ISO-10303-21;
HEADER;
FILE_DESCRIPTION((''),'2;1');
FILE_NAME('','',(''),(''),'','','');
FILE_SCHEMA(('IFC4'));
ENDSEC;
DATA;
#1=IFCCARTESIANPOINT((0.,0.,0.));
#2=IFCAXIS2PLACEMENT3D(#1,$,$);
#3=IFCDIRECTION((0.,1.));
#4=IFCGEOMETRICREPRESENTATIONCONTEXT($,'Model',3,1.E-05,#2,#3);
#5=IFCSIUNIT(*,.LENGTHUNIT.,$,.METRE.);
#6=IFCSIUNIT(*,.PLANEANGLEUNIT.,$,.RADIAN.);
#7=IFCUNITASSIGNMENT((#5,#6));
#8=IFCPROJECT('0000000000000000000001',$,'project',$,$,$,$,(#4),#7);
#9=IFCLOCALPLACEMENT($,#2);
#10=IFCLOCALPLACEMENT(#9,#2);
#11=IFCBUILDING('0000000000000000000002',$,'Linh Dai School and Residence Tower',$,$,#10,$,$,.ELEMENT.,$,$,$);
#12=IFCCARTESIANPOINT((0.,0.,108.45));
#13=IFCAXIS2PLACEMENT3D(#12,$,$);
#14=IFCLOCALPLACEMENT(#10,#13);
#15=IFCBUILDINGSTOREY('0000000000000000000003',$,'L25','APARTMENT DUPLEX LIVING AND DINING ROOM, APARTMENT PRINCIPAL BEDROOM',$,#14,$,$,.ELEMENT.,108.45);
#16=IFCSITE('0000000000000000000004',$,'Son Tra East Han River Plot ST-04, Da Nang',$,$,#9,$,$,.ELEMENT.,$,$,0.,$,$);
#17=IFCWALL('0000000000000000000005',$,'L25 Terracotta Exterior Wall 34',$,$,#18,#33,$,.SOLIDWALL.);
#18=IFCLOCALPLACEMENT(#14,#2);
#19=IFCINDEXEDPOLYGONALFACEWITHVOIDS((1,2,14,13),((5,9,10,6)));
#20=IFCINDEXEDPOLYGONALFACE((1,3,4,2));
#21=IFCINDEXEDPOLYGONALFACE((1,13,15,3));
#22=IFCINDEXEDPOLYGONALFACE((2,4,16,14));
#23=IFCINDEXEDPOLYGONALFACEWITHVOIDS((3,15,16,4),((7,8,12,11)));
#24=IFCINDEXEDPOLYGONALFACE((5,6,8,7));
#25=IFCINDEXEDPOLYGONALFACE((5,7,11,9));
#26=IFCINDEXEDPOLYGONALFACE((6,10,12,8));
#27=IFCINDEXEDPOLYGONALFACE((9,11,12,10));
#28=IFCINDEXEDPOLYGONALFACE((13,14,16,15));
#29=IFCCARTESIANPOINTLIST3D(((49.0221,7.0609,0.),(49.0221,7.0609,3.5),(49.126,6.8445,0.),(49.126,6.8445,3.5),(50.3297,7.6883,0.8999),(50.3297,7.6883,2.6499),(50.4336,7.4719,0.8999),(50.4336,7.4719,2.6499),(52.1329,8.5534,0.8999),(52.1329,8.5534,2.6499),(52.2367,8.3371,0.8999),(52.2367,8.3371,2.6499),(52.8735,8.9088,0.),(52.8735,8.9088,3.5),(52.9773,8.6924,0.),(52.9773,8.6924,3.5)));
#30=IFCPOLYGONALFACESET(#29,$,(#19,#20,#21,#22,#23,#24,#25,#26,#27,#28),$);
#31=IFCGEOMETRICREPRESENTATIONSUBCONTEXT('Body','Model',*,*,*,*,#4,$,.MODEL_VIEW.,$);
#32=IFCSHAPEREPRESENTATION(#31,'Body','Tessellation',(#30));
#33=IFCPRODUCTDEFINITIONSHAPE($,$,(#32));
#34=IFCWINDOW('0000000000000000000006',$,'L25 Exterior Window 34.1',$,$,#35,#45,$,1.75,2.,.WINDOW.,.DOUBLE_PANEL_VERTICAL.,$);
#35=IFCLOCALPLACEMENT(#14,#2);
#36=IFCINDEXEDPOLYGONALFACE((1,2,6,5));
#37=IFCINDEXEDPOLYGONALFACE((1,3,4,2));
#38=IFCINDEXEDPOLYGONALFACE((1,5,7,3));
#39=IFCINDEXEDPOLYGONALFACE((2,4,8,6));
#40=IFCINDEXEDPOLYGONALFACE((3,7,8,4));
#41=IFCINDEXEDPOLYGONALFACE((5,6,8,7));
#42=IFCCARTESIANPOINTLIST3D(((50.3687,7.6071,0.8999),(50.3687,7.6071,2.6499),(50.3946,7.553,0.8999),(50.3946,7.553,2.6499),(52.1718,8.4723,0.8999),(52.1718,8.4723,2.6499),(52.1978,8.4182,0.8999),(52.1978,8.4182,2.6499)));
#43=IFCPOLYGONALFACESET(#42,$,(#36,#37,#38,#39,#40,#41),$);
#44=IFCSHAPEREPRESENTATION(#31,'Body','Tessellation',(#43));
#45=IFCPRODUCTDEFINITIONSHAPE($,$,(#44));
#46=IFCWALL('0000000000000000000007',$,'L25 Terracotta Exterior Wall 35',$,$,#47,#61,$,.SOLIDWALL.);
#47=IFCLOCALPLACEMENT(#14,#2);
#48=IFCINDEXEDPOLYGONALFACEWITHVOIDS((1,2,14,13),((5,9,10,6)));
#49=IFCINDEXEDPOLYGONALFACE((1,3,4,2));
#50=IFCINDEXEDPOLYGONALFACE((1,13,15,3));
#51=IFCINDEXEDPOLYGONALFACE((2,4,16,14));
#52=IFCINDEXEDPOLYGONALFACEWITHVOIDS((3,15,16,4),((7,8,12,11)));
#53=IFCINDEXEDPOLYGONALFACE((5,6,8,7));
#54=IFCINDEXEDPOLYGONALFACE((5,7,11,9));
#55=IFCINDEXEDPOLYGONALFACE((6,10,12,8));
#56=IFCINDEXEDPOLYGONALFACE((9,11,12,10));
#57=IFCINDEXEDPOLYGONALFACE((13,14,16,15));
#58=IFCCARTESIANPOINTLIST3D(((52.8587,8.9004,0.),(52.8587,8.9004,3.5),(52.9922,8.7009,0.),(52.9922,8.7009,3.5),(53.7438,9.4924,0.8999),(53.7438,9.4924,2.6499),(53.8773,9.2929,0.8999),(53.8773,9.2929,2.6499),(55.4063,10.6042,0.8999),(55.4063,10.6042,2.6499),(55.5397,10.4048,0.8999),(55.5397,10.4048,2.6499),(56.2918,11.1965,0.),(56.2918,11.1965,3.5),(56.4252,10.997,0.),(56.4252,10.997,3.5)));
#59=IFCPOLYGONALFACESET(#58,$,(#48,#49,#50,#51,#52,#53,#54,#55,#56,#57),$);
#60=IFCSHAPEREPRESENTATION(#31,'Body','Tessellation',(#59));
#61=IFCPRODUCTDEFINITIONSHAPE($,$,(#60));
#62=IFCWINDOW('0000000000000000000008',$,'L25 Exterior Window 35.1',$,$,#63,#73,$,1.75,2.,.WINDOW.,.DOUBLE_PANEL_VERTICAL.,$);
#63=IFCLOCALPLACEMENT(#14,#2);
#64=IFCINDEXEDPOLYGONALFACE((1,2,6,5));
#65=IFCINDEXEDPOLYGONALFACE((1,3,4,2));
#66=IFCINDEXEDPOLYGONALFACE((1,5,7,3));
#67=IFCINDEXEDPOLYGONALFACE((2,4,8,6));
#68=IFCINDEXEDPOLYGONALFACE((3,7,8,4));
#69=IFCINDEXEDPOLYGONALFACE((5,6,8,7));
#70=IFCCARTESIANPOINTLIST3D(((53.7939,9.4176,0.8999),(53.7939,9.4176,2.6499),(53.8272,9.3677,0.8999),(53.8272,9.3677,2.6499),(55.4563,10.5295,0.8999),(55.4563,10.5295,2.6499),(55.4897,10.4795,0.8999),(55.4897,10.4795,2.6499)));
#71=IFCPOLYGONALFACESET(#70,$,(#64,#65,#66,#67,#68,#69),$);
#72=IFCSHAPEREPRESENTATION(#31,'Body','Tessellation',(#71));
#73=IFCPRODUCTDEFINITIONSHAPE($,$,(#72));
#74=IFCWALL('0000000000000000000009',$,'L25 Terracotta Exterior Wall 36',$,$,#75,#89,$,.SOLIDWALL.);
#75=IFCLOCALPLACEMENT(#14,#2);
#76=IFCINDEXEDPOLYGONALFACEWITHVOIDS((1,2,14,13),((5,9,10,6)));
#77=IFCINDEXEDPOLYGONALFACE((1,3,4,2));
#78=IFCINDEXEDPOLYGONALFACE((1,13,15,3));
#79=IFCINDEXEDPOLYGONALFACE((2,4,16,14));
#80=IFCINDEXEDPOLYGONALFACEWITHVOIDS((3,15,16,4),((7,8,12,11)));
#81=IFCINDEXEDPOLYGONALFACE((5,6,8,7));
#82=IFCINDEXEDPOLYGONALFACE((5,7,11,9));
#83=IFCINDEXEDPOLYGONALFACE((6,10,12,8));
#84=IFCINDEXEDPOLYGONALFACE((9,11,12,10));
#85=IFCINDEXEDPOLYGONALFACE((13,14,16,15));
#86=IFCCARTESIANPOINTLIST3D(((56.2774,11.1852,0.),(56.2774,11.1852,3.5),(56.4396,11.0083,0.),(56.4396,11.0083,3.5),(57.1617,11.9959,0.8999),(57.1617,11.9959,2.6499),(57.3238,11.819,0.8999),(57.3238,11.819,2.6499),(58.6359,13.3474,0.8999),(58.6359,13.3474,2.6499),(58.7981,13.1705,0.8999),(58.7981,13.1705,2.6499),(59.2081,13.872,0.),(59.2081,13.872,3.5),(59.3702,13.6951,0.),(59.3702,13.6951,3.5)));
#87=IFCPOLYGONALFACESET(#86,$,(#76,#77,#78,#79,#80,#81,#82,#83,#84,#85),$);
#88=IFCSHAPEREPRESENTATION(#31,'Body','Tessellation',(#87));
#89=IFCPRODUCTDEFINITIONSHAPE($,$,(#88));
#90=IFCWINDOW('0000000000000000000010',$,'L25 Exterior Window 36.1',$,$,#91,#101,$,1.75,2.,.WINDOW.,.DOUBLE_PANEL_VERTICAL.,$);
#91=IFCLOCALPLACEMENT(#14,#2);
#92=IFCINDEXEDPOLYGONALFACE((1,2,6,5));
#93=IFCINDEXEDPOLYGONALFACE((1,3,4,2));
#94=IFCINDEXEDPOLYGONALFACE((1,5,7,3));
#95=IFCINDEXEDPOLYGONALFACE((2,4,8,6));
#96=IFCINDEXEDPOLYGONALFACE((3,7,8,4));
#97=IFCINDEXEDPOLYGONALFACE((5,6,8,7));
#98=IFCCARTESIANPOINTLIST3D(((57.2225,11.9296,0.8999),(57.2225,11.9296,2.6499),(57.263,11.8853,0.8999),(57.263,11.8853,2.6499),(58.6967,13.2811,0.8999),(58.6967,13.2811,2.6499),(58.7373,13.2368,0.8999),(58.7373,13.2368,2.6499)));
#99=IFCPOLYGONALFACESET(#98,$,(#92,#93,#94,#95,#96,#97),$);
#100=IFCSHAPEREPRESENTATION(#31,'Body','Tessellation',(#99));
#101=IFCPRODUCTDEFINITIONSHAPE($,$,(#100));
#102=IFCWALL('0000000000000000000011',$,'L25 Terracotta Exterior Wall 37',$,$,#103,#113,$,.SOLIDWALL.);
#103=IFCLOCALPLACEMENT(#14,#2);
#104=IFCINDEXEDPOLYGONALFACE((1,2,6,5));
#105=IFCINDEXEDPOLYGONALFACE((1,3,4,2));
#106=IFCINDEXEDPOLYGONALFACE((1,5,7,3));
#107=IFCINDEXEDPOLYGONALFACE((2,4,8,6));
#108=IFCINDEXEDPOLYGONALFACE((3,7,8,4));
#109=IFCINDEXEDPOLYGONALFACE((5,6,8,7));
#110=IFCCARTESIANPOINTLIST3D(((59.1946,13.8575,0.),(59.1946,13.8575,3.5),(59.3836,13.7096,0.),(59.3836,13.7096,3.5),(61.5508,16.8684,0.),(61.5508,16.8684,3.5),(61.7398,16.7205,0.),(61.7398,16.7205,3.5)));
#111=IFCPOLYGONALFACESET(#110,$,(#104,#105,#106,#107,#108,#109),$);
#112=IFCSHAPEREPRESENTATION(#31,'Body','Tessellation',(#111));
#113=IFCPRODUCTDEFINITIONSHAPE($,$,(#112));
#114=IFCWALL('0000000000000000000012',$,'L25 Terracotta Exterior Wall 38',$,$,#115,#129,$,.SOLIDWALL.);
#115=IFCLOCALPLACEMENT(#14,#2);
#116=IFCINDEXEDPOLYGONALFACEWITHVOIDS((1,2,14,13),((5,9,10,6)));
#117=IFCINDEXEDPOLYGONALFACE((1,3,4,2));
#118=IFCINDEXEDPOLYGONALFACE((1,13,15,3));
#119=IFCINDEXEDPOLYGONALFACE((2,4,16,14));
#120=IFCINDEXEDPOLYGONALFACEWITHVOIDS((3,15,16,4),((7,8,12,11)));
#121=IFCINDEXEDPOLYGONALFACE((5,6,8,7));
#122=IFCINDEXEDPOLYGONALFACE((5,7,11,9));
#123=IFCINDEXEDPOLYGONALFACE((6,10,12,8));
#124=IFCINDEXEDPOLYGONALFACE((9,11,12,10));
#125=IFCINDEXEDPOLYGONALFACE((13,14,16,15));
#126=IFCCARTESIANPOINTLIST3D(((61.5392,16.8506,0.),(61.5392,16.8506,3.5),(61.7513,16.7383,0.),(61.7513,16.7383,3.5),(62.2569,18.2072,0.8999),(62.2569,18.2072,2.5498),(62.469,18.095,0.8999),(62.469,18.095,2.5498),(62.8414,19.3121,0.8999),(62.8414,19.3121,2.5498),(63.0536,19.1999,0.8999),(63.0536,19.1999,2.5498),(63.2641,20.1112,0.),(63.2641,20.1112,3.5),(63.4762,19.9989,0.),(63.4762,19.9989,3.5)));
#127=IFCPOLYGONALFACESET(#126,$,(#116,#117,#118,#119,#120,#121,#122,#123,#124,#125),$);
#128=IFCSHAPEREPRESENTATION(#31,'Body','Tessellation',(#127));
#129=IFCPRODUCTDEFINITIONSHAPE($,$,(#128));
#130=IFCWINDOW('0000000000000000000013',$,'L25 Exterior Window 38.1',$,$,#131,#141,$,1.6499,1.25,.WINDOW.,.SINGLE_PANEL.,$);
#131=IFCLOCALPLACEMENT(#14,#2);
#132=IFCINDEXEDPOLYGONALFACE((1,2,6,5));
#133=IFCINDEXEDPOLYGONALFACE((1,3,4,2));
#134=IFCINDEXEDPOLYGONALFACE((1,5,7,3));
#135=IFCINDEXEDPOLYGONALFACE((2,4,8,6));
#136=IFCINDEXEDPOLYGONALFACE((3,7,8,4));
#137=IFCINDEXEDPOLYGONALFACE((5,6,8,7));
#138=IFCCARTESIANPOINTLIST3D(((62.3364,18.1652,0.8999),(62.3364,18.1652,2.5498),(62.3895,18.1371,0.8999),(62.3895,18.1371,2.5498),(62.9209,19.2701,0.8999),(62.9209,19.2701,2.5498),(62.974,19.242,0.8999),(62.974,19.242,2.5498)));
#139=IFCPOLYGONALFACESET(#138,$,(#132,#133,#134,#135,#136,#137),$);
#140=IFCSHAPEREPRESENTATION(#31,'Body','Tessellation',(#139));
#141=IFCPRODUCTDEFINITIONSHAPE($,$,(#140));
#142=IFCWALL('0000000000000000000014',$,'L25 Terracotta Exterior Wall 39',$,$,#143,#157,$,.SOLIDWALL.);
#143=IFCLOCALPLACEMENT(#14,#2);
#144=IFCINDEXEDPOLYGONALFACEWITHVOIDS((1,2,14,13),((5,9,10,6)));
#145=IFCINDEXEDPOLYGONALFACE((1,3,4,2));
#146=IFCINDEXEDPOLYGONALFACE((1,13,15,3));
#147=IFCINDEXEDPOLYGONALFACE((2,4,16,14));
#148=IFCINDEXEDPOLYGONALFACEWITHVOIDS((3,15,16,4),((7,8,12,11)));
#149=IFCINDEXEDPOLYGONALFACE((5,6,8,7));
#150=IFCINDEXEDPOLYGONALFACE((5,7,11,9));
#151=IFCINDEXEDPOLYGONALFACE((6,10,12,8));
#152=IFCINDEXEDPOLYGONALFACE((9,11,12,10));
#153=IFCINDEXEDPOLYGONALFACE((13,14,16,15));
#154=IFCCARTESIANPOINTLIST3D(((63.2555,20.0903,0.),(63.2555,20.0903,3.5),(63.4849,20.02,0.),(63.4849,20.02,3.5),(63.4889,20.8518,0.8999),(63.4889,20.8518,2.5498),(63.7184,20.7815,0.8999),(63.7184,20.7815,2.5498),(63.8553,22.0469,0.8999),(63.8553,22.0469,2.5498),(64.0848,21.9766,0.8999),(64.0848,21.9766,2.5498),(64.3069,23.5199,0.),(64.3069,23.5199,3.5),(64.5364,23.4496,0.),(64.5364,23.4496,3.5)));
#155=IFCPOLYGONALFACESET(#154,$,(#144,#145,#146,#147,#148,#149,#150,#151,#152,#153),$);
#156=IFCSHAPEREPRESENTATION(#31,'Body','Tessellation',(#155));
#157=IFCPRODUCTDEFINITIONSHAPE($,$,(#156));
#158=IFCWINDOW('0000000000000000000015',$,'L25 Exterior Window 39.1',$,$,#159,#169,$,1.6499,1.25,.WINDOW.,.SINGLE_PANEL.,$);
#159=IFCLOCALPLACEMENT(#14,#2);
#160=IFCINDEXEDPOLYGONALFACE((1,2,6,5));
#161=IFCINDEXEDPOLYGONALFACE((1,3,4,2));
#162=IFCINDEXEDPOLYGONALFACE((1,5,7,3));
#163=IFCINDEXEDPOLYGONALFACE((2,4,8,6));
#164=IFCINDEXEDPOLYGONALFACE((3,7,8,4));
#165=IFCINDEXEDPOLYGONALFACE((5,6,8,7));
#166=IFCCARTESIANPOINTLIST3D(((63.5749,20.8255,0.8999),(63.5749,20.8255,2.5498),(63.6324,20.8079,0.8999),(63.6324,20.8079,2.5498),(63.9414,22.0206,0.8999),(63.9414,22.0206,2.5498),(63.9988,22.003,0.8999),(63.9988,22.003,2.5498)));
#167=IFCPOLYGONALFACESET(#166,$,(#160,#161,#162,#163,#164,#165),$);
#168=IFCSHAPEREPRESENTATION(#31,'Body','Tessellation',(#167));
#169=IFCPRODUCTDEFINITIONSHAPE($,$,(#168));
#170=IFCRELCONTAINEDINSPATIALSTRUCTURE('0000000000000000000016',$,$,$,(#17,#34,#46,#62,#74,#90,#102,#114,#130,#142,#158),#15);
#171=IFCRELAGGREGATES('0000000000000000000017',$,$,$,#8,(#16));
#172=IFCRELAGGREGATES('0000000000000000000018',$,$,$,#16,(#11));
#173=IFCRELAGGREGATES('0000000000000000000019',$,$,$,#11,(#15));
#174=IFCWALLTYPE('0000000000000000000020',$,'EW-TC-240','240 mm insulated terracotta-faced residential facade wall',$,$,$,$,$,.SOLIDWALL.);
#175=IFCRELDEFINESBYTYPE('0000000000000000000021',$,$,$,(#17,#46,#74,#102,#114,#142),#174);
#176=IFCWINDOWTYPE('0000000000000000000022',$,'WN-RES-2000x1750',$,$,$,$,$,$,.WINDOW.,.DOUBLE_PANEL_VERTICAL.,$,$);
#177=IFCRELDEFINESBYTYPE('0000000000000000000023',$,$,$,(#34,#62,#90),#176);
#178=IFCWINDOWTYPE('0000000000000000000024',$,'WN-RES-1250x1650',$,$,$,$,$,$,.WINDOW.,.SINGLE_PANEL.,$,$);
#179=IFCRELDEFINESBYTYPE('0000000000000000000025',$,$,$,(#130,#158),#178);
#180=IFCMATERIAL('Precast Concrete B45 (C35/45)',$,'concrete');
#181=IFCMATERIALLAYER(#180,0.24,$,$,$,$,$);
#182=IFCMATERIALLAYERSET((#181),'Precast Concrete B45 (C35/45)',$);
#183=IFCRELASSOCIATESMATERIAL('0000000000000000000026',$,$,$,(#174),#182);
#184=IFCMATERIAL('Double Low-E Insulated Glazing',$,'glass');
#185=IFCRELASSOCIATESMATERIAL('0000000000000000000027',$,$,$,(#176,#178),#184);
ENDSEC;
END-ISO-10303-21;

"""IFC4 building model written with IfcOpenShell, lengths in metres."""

from ifc_helpers import new_model, si_unit, direction, frame, frame_2d, origin, origin_2d, place, context, subcontext, project, spatial, rectangle, extrude, source, transform, mapped, material, layer, layer_set, type_object, element, fill, save


model = new_model("IFC4")

# Units and contexts
model_context = context("Model", 3, precision=1e-05, world=origin(), true_north=direction((0.0, 1.0)))
body_context = subcontext(model_context, "Body", "Model", "MODEL_VIEW")
ifc_project = project(units=[si_unit("LENGTHUNIT", "METRE"), si_unit("PLANEANGLEUNIT", "RADIAN")], contexts=[model_context])

# Site, building, storey
site_placement = place(None, origin())
site = spatial("IfcSite", under=ifc_project, at=site_placement, Name="Son Tra East Han River Plot ST-04, Da Nang", CompositionType="ELEMENT", RefElevation=0.0)
building_placement = place(site_placement, origin())
building = spatial("IfcBuilding", under=site, at=building_placement, Name="Linh Dai School and Residence Tower", CompositionType="ELEMENT")
storey_placement = place(building_placement, frame((0.0, 0.0, 108.45)))
storey = spatial("IfcBuildingStorey", under=building, at=storey_placement, Name="L25", Description="APARTMENT DUPLEX LIVING AND DINING ROOM, APARTMENT PRINCIPAL BEDROOM", CompositionType="ELEMENT", Elevation=108.45)

# Shared definitions
ifc_material_1 = material(Name="Precast Concrete B45 (C35/45)", Category="concrete")

# Walls, openings, windows
ifc_layer_1 = layer(ifc_material_1, 0.24)
ifc_layer_set_1 = layer_set([ifc_layer_1], Name="Precast Concrete B45 (C35/45)")
wall_type_1 = type_object("IfcWallType", Name="EW-TC-240", Description="240 mm insulated terracotta-faced residential facade wall", PredefinedType="SOLIDWALL", material=ifc_layer_set_1)
wall_1_placement = place(storey_placement, frame((52.9253, 8.8005, 0.0), z_axis=(0.0, 0.0, 1.0), x_axis=(-0.90159, -0.432592, 0.0)))
wall_1 = element("IfcWall", 1, at=wall_1_placement, inside=storey, type_object=wall_type_1, Name="L25 Terracotta Exterior Wall 34", PredefinedType="SOLIDWALL", context=body_context, shape_type="SweptSolid", body=[
    extrude(rectangle(XDim=4.2717, YDim=0.24, at=frame_2d((2.1357, 0.0))), origin(), (0.0, 0.0, 1.0), 3.5),
])
opening_1_placement = place(wall_1_placement, frame((0.8213, 0.0, 0.8999)))
opening_1 = element("IfcOpeningElement", 2, at=opening_1_placement, cuts=wall_1, PredefinedType="OPENING", context=body_context, shape_type="SweptSolid", body=[
    extrude(rectangle(XDim=2.0, YDim=1.75, at=origin_2d()), frame((1.0, 0.1299, 0.875), z_axis=(0.0, -1.0, 0.0), x_axis=(1.0, 0.0, 0.0)), (0.0, 0.0, 1.0), 0.26),
])
ifc_material_2 = material(Name="Double Low-E Insulated Glazing", Category="glass")
window_type_1 = type_object("IfcWindowType", Name="WN-RES-2000x1750", PartitioningType="DOUBLE_PANEL_VERTICAL", PredefinedType="WINDOW", material=ifc_material_2)
shared_shape_1 = source(origin(), body_context, "Body", "SweptSolid", [
    extrude(rectangle(XDim=2.0, YDim=1.75, at=origin_2d()), frame((1.0, 0.03, 0.875), z_axis=(0.0, -1.0, 0.0), x_axis=(1.0, 0.0, 0.0)), (0.0, 0.0, 1.0), 0.0601),
])
window_1_placement = place(opening_1_placement, origin())
window_1 = element("IfcWindow", 3, at=window_1_placement, inside=storey, type_object=window_type_1, Name="L25 Exterior Window 34.1", OverallHeight=1.75, OverallWidth=2.0, PartitioningType="DOUBLE_PANEL_VERTICAL", PredefinedType="WINDOW", context=body_context, shape_type="MappedRepresentation", body=[
    mapped(shared_shape_1, transform((0.0, 0.0, 0.0), x_axis=(1.0, 0.0, 0.0), y_axis=(0.0, 1.0, 0.0), z_axis=(0.0, 0.0, 1.0), scale=1.0)),
])
fill(opening_1, window_1)
wall_2_placement = place(storey_placement, frame((56.3584, 11.0967, 0.0), z_axis=(0.0, 0.0, 1.0), x_axis=(-0.831222, -0.555941, 0.0)))
wall_2 = element("IfcWall", 4, at=wall_2_placement, inside=storey, type_object=wall_type_1, Name="L25 Terracotta Exterior Wall 35", PredefinedType="SOLIDWALL", context=body_context, shape_type="SweptSolid", body=[
    extrude(rectangle(XDim=4.1301, YDim=0.24, at=frame_2d((2.0649, 0.0))), origin(), (0.0, 0.0, 1.0), 3.5),
])
opening_2_placement = place(wall_2_placement, frame((1.0652, 0.0, 0.8999)))
opening_2 = element("IfcOpeningElement", 5, at=opening_2_placement, cuts=wall_2, PredefinedType="OPENING", context=body_context, shape_type="SweptSolid", body=[
    extrude(rectangle(XDim=2.0, YDim=1.75, at=origin_2d()), frame((1.0, 0.1299, 0.875), z_axis=(0.0, -1.0, 0.0), x_axis=(1.0, 0.0, 0.0)), (0.0, 0.0, 1.0), 0.26),
])
window_2_placement = place(opening_2_placement, origin())
window_2 = element("IfcWindow", 6, at=window_2_placement, inside=storey, type_object=window_type_1, Name="L25 Exterior Window 35.1", OverallHeight=1.75, OverallWidth=2.0, PartitioningType="DOUBLE_PANEL_VERTICAL", PredefinedType="WINDOW", context=body_context, shape_type="MappedRepresentation", body=[
    mapped(shared_shape_1, transform((0.0, 0.0, 0.0), x_axis=(1.0, 0.0, 0.0), y_axis=(0.0, 1.0, 0.0), z_axis=(0.0, 0.0, 1.0), scale=1.0)),
])
fill(opening_2, window_2)
wall_3_placement = place(storey_placement, frame((59.2891, 13.7834, 0.0), z_axis=(0.0, 0.0, 1.0), x_axis=(-0.737113, -0.675769, 0.0)))
wall_3 = element("IfcWall", 7, at=wall_3_placement, inside=storey, type_object=wall_type_1, Name="L25 Terracotta Exterior Wall 36", PredefinedType="SOLIDWALL", context=body_context, shape_type="SweptSolid", body=[
    extrude(rectangle(XDim=3.9758, YDim=0.24, at=frame_2d((1.9878, 0.0))), origin(), (0.0, 0.0, 1.0), 3.5),
])
opening_3_placement = place(wall_3_placement, frame((0.7761, 0.0, 0.8999)))
opening_3 = element("IfcOpeningElement", 8, at=opening_3_placement, cuts=wall_3, PredefinedType="OPENING", context=body_context, shape_type="SweptSolid", body=[
    extrude(rectangle(XDim=2.0, YDim=1.75, at=origin_2d()), frame((1.0, 0.1299, 0.875), z_axis=(0.0, -1.0, 0.0), x_axis=(1.0, 0.0, 0.0)), (0.0, 0.0, 1.0), 0.26),
])
window_3_placement = place(opening_3_placement, origin())
window_3 = element("IfcWindow", 9, at=window_3_placement, inside=storey, type_object=window_type_1, Name="L25 Exterior Window 36.1", OverallHeight=1.75, OverallWidth=2.0, PartitioningType="DOUBLE_PANEL_VERTICAL", PredefinedType="WINDOW", context=body_context, shape_type="MappedRepresentation", body=[
    mapped(shared_shape_1, transform((0.0, 0.0, 0.0), x_axis=(1.0, 0.0, 0.0), y_axis=(0.0, 1.0, 0.0), z_axis=(0.0, 0.0, 1.0), scale=1.0)),
])
fill(opening_3, window_3)

# Wall
wall_4_placement = place(storey_placement, frame((61.6453, 16.7944, 0.0), z_axis=(0.0, 0.0, 1.0), x_axis=(-0.616272, -0.787533, 0.0)))
element("IfcWall", 10, at=wall_4_placement, inside=storey, type_object=wall_type_1, Name="L25 Terracotta Exterior Wall 37", PredefinedType="SOLIDWALL", context=body_context, shape_type="SweptSolid", body=[
    extrude(rectangle(XDim=3.8232, YDim=0.24, at=frame_2d((1.9116, 0.0))), origin(), (0.0, 0.0, 1.0), 3.5),
])

# Walls, openings, windows
wall_5_placement = place(storey_placement, frame((63.3701, 20.0549, 0.0), z_axis=(0.0, 0.0, 1.0), x_axis=(-0.467614, -0.883933, 0.0)))
wall_5 = element("IfcWall", 11, at=wall_5_placement, inside=storey, type_object=wall_type_1, Name="L25 Terracotta Exterior Wall 38", PredefinedType="SOLIDWALL", context=body_context, shape_type="SweptSolid", body=[
    extrude(rectangle(XDim=3.6887, YDim=0.24, at=frame_2d((1.8442, 0.0))), origin(), (0.0, 0.0, 1.0), 3.5),
])
opening_4_placement = place(wall_5_placement, frame((0.9038, 0.0, 0.8999)))
opening_4 = element("IfcOpeningElement", 12, at=opening_4_placement, cuts=wall_5, PredefinedType="OPENING", context=body_context, shape_type="SweptSolid", body=[
    extrude(rectangle(XDim=1.25, YDim=1.6499, at=origin_2d()), frame((0.625, 0.1299, 0.825), z_axis=(0.0, -1.0, 0.0), x_axis=(1.0, 0.0, 0.0)), (0.0, 0.0, 1.0), 0.26),
])
window_type_2 = type_object("IfcWindowType", Name="WN-RES-1250x1650", PartitioningType="SINGLE_PANEL", PredefinedType="WINDOW", material=ifc_material_2)
shared_shape_2 = source(origin(), body_context, "Body", "SweptSolid", [
    extrude(rectangle(XDim=1.25, YDim=1.6499, at=origin_2d()), frame((0.625, 0.03, 0.825), z_axis=(0.0, -1.0, 0.0), x_axis=(1.0, 0.0, 0.0)), (0.0, 0.0, 1.0), 0.0601),
])
window_4_placement = place(opening_4_placement, origin())
window_4 = element("IfcWindow", 13, at=window_4_placement, inside=storey, type_object=window_type_2, Name="L25 Exterior Window 38.1", OverallHeight=1.6499, OverallWidth=1.25, PartitioningType="SINGLE_PANEL", PredefinedType="WINDOW", context=body_context, shape_type="MappedRepresentation", body=[
    mapped(shared_shape_2, transform((0.0, 0.0, 0.0), x_axis=(1.0, 0.0, 0.0), y_axis=(0.0, 1.0, 0.0), z_axis=(0.0, 0.0, 1.0), scale=1.0)),
])
fill(opening_4, window_4)
wall_6_placement = place(storey_placement, frame((64.4216, 23.4846, 0.0), z_axis=(0.0, 0.0, 1.0), x_axis=(-0.293124, -0.956074, 0.0)))
wall_6 = element("IfcWall", 14, at=wall_6_placement, inside=storey, type_object=wall_type_1, Name="L25 Terracotta Exterior Wall 39", PredefinedType="SOLIDWALL", context=body_context, shape_type="SweptSolid", body=[
    extrude(rectangle(XDim=3.5872, YDim=0.24, at=frame_2d((1.7935, 0.0))), origin(), (0.0, 0.0, 1.0), 3.5),
])
opening_5_placement = place(wall_6_placement, frame((1.5405, 0.0, 0.8999)))
opening_5 = element("IfcOpeningElement", 15, at=opening_5_placement, cuts=wall_6, PredefinedType="OPENING", context=body_context, shape_type="SweptSolid", body=[
    extrude(rectangle(XDim=1.25, YDim=1.6499, at=origin_2d()), frame((0.625, 0.1299, 0.825), z_axis=(0.0, -1.0, 0.0), x_axis=(1.0, 0.0, 0.0)), (0.0, 0.0, 1.0), 0.26),
])
window_5_placement = place(opening_5_placement, origin())
window_5 = element("IfcWindow", 16, at=window_5_placement, inside=storey, type_object=window_type_2, Name="L25 Exterior Window 39.1", OverallHeight=1.6499, OverallWidth=1.25, PartitioningType="SINGLE_PANEL", PredefinedType="WINDOW", context=body_context, shape_type="MappedRepresentation", body=[
    mapped(shared_shape_2, transform((0.0, 0.0, 0.0), x_axis=(1.0, 0.0, 0.0), y_axis=(0.0, 1.0, 0.0), z_axis=(0.0, 0.0, 1.0), scale=1.0)),
])
fill(opening_5, window_5)

save(model, "model.ifc")
